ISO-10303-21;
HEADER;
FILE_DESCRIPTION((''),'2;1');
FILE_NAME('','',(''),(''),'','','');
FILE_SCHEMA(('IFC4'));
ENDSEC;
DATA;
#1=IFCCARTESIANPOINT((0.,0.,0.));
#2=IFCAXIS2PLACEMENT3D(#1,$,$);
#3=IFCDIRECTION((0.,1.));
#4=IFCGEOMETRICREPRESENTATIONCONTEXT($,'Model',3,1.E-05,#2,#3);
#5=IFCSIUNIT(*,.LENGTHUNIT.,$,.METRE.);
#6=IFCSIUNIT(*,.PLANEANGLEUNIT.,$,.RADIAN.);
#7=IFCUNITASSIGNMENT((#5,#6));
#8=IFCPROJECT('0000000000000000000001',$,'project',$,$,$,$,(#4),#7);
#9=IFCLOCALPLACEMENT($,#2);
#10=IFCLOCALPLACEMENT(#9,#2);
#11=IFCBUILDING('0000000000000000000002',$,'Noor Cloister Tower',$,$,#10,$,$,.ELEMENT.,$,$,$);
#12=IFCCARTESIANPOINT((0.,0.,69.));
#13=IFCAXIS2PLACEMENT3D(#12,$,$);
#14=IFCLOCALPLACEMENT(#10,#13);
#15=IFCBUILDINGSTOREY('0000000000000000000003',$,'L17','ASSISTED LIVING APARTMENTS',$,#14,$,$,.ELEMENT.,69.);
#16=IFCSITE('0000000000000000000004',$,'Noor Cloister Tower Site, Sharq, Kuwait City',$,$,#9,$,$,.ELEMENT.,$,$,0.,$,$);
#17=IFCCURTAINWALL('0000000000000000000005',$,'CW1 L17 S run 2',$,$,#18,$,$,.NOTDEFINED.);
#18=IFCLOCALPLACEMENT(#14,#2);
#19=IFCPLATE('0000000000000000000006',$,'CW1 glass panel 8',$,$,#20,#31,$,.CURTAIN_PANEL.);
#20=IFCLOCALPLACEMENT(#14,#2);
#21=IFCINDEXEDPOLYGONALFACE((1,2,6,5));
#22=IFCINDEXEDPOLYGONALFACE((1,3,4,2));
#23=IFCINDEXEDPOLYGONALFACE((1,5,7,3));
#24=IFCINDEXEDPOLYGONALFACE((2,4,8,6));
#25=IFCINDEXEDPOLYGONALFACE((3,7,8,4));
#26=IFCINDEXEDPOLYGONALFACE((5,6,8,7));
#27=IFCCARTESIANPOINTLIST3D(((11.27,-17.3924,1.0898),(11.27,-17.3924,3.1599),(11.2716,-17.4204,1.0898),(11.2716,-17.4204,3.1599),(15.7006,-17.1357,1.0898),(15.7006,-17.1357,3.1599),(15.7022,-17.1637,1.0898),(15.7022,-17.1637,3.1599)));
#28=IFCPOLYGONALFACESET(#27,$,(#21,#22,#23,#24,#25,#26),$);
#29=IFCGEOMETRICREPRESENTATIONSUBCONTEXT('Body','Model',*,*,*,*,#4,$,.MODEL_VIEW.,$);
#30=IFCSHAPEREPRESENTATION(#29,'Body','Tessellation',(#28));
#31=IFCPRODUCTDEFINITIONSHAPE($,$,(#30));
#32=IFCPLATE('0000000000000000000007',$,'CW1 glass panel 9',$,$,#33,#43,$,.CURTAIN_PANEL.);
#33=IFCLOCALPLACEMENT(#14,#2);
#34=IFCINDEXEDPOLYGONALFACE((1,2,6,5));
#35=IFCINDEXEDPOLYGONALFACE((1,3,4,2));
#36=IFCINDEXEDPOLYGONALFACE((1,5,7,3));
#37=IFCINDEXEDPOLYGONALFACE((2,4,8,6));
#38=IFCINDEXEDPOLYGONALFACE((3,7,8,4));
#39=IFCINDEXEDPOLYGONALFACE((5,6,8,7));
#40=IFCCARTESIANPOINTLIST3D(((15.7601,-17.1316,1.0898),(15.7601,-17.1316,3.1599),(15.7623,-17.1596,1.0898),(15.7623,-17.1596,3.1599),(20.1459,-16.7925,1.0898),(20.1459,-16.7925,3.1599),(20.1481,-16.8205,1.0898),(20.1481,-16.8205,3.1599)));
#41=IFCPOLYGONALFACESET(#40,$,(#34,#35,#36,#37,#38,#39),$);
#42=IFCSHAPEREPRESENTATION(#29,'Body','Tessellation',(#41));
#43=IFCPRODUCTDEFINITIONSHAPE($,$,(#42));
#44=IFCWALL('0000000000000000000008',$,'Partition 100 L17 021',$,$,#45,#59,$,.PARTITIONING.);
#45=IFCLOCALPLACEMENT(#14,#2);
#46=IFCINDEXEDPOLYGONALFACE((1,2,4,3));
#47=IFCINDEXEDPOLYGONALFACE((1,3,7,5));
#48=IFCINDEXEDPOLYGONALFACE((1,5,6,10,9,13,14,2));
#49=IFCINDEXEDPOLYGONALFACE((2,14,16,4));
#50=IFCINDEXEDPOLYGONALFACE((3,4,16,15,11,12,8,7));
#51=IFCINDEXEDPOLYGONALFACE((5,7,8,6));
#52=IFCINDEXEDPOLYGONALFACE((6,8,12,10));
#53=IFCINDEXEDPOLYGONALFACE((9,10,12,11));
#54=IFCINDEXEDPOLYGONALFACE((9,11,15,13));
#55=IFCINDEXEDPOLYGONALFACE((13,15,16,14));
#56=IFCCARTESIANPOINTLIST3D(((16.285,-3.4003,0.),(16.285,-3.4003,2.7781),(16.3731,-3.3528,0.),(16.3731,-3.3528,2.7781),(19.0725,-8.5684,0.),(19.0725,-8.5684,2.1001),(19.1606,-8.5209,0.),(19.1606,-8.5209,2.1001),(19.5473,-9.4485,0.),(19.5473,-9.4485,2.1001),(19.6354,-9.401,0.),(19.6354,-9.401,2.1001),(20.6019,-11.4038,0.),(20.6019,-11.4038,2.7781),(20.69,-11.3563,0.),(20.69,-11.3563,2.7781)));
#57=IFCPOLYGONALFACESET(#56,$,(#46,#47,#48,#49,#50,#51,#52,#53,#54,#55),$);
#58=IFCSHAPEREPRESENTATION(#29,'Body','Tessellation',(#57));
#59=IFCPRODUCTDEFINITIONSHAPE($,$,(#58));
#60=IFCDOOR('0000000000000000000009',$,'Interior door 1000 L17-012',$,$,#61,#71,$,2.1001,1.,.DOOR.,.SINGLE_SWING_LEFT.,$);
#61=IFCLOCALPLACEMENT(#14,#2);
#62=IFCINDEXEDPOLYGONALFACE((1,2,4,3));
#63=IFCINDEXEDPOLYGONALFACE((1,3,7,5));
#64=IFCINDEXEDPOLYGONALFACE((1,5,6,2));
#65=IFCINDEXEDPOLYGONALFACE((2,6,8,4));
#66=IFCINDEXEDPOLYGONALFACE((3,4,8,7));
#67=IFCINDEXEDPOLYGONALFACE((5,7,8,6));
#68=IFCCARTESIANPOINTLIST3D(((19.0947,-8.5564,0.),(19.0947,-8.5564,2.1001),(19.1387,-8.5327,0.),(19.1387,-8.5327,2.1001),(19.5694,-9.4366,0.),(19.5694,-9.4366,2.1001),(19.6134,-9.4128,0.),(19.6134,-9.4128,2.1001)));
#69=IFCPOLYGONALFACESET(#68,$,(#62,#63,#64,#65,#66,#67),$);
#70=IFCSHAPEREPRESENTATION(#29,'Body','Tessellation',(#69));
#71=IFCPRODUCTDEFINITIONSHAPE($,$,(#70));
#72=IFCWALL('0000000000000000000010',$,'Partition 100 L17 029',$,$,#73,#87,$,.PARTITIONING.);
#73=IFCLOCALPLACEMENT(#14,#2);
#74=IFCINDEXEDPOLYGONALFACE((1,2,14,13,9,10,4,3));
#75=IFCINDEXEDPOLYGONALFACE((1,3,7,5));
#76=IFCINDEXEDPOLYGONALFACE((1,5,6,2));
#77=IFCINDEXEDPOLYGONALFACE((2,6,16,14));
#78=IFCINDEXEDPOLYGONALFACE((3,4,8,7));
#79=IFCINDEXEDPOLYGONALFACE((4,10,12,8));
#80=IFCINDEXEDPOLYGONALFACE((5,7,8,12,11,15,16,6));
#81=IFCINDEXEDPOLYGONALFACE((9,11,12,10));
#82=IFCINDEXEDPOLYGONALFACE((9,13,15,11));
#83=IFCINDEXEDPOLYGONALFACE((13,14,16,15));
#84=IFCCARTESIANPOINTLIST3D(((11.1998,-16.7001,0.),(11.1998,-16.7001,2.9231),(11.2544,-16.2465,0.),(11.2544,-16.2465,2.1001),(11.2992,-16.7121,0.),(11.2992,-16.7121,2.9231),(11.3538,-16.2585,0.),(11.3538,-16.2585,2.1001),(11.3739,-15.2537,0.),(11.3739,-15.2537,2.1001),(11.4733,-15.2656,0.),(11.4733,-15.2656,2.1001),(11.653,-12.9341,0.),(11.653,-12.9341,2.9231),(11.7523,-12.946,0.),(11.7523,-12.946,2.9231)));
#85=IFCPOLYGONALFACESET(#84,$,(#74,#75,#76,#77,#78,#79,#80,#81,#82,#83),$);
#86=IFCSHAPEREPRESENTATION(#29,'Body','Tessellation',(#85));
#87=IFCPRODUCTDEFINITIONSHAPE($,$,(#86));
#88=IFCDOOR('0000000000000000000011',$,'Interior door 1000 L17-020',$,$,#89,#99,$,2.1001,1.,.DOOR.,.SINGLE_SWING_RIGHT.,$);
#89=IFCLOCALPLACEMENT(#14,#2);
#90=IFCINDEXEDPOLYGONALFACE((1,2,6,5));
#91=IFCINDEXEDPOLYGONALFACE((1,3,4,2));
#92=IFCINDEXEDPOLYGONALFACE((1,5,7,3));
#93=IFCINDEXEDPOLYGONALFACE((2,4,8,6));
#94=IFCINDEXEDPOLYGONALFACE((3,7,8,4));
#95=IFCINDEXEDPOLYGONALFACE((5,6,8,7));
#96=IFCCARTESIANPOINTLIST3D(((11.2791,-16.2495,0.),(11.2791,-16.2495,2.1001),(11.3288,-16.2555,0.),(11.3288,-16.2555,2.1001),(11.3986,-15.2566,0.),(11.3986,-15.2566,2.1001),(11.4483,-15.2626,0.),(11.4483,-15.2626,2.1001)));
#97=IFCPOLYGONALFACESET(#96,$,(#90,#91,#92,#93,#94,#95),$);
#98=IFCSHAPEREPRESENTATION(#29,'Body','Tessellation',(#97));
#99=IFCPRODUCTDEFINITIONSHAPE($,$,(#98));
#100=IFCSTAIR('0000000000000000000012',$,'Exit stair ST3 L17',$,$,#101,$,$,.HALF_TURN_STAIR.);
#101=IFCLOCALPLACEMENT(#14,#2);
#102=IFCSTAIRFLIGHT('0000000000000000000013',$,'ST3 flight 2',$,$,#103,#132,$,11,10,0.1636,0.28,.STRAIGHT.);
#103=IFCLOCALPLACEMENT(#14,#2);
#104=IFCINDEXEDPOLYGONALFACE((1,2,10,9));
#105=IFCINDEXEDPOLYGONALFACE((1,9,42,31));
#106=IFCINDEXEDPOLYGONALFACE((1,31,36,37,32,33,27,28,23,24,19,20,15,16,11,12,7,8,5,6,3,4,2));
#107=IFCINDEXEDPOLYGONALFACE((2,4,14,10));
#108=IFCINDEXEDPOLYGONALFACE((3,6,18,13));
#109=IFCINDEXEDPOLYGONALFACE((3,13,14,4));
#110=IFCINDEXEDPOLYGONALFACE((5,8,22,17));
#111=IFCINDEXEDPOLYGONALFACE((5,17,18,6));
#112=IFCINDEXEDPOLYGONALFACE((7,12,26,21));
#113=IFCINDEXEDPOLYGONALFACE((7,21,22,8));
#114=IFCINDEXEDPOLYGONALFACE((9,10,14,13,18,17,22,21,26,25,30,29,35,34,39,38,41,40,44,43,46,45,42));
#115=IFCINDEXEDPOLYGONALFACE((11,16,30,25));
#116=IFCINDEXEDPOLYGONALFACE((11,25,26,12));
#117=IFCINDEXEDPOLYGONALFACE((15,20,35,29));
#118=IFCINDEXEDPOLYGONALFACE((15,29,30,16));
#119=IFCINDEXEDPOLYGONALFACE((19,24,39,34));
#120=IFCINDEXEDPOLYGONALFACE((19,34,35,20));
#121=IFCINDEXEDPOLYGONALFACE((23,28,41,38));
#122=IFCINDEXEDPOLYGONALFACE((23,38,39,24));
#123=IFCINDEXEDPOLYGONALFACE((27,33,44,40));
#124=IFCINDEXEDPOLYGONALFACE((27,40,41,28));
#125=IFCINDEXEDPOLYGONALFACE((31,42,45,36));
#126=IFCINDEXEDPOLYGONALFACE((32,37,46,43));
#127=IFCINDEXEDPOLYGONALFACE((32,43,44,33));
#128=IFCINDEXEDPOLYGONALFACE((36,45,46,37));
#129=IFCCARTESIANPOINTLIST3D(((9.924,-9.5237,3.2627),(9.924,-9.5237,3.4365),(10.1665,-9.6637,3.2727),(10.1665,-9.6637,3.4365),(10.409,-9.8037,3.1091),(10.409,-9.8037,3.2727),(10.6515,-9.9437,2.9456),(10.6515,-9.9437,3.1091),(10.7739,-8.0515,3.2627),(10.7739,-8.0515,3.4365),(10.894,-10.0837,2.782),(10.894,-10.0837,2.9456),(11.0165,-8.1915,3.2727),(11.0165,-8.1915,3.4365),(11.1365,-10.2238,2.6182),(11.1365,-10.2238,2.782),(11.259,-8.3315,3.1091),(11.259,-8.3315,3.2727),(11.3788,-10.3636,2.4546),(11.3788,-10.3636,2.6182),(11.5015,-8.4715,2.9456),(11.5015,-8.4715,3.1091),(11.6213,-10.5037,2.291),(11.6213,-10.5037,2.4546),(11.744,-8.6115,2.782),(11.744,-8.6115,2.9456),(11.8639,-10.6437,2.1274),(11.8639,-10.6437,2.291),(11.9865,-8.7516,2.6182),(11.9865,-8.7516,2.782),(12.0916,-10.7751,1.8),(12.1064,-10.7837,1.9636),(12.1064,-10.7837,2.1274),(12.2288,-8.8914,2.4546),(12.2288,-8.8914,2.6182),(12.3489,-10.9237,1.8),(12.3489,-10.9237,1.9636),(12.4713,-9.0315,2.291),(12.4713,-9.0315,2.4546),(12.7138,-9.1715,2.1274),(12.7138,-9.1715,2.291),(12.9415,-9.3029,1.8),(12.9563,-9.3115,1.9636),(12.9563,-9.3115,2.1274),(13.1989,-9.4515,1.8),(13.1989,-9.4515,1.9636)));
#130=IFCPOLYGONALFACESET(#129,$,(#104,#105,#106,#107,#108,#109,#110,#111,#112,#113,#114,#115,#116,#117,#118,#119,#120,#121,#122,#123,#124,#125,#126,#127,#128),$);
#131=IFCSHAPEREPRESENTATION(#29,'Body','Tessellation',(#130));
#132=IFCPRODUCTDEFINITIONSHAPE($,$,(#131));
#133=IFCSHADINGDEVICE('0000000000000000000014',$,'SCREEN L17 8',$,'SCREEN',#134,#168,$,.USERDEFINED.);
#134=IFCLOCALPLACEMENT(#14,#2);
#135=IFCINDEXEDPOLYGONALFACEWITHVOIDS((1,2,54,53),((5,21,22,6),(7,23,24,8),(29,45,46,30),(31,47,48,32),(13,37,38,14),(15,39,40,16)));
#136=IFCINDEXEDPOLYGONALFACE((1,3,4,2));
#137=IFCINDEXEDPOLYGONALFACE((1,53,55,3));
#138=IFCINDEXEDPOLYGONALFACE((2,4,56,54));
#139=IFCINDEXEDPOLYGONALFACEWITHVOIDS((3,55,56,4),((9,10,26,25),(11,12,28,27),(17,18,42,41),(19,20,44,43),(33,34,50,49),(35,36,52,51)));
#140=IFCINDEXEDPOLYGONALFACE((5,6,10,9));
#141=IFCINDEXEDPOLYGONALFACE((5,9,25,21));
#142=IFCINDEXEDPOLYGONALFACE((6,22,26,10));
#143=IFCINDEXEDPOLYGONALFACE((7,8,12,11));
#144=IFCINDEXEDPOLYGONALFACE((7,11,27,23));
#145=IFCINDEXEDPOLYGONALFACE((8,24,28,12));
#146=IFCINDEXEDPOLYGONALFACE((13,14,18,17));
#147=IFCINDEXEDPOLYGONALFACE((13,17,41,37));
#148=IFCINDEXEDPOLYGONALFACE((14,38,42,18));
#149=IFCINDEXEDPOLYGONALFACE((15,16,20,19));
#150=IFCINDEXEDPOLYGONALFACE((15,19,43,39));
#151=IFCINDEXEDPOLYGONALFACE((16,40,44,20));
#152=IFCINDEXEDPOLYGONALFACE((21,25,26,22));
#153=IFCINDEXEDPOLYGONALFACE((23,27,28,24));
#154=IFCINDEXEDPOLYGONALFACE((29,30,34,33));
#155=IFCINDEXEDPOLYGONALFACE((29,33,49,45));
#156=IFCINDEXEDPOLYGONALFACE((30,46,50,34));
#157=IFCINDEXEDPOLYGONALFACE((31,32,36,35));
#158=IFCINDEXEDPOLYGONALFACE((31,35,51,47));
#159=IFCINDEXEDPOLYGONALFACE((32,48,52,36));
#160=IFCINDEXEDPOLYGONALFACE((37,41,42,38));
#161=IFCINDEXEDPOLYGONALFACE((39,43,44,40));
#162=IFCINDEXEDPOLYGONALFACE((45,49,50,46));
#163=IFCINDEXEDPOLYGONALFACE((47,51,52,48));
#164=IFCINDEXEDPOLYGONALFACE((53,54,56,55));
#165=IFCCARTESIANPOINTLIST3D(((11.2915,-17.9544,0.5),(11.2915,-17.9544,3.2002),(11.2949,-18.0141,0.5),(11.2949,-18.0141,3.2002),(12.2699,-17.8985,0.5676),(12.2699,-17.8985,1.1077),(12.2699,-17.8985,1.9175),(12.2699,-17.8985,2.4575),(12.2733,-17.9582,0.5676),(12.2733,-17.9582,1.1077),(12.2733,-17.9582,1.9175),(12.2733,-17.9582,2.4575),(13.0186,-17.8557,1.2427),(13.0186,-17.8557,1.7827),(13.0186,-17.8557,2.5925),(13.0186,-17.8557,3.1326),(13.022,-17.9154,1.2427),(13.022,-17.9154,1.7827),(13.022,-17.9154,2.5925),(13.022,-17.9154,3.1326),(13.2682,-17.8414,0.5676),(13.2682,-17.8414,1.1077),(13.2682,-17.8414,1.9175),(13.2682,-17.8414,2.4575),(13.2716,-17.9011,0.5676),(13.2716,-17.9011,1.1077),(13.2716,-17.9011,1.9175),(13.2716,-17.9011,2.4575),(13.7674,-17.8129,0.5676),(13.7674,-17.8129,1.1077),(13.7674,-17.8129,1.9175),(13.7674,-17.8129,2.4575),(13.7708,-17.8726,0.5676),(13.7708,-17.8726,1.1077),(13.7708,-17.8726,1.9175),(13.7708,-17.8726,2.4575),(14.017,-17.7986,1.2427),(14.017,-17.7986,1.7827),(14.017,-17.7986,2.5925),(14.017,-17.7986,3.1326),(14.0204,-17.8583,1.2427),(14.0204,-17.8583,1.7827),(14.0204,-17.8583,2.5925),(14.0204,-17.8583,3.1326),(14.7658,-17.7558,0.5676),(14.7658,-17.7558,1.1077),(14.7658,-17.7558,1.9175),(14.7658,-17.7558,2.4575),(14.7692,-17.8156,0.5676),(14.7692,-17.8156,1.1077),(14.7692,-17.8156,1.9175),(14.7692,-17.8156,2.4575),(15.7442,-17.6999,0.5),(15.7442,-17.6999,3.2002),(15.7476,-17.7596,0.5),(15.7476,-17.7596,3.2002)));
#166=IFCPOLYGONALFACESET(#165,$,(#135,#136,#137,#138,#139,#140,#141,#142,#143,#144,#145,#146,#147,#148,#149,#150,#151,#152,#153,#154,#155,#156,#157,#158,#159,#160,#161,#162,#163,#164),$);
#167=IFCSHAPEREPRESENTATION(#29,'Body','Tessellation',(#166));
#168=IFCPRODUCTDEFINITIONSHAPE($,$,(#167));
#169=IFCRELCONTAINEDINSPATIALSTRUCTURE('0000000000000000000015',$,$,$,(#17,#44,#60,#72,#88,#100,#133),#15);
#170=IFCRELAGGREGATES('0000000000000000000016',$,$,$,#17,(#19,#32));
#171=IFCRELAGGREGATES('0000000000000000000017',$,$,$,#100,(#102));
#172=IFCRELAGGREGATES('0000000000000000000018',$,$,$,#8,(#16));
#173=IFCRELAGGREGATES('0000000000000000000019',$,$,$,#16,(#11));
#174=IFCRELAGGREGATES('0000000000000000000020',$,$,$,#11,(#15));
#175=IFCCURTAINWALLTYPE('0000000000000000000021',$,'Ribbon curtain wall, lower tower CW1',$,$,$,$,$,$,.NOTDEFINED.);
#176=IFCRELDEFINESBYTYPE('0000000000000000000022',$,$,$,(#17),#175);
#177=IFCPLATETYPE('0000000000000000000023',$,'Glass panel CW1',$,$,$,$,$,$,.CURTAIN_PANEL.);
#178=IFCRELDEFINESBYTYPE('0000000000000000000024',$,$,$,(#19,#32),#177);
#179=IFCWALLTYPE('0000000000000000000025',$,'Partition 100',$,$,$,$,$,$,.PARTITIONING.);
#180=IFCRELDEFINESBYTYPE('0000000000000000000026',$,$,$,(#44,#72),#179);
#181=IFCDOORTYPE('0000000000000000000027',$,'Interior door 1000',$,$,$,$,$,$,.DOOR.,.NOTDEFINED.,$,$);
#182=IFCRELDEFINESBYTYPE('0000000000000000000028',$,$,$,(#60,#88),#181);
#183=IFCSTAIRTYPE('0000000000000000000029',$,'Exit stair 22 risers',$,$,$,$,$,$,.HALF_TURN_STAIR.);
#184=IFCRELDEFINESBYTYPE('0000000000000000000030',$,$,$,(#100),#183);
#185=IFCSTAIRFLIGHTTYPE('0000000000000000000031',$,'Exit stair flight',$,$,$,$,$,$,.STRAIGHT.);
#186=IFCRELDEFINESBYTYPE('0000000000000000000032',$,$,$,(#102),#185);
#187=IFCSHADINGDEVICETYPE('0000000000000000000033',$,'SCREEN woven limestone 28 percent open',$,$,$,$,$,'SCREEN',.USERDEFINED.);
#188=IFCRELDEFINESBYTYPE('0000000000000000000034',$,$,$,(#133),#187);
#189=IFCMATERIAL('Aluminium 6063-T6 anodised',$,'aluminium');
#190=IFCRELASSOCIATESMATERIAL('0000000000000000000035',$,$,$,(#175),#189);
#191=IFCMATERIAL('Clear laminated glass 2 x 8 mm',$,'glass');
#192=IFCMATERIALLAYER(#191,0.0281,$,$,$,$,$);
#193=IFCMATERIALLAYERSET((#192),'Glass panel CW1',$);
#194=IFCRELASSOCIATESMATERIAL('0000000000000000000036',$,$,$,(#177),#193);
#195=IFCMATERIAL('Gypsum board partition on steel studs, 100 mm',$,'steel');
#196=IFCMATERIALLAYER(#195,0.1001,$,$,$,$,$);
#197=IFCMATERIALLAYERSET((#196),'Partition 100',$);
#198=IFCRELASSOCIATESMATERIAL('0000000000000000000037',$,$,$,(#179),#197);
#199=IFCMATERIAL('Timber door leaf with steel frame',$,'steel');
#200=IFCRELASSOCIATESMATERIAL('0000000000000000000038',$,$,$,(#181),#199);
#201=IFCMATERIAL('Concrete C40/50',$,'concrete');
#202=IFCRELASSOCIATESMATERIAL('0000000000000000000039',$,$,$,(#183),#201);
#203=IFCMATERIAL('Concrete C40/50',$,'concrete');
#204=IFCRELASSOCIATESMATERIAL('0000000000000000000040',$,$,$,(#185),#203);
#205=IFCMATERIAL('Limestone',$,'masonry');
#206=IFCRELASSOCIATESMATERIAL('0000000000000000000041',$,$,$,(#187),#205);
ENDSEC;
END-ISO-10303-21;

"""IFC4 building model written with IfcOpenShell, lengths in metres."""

from ifc_helpers import new_model, si_unit, direction, frame, frame_2d, origin, origin_2d, place, context, subcontext, project, spatial, polyline, rectangle, outline, extrude, material, layer, layer_set, material_profile, profile_set, type_object, element, fill, aggregate, save


model = new_model("IFC4")

# Units and contexts
model_context = context("Model", 3, precision=1e-05, world=origin(), true_north=direction((0.0, 1.0)))
body_context = subcontext(model_context, "Body", "Model", "MODEL_VIEW")
ifc_project = project(units=[si_unit("LENGTHUNIT", "METRE"), si_unit("PLANEANGLEUNIT", "RADIAN")], contexts=[model_context])

# Site, building, storey
site_placement = place(None, origin())
site = spatial("IfcSite", under=ifc_project, at=site_placement, Name="Noor Cloister Tower Site, Sharq, Kuwait City", CompositionType="ELEMENT", RefElevation=0.0)
building_placement = place(site_placement, origin())
building = spatial("IfcBuilding", under=site, at=building_placement, Name="Noor Cloister Tower", CompositionType="ELEMENT")
storey_placement = place(building_placement, frame((0.0, 0.0, 69.0)))
storey = spatial("IfcBuildingStorey", under=building, at=storey_placement, Name="L17", Description="ASSISTED LIVING APARTMENTS", CompositionType="ELEMENT", Elevation=69.0)

# Curtain wall
ifc_material_1 = material(Name="Aluminium 6063-T6 anodised", Category="aluminium")
curtain_wall_type = type_object("IfcCurtainWallType", Name="Ribbon curtain wall, lower tower CW1", PredefinedType="NOTDEFINED", material=ifc_material_1)
curtain_wall_placement = place(storey_placement, origin())
curtain_wall = element("IfcCurtainWall", 1, at=curtain_wall_placement, inside=storey, type_object=curtain_wall_type, Name="CW1 L17 S run 2", PredefinedType="NOTDEFINED")

# Plates
ifc_material_2 = material(Name="Clear laminated glass 2 x 8 mm", Category="glass")
ifc_layer_1 = layer(ifc_material_2, 0.0281)
ifc_layer_set_1 = layer_set([ifc_layer_1], Name="Glass panel CW1")
plate_type = type_object("IfcPlateType", Name="Glass panel CW1", PredefinedType="CURTAIN_PANEL", material=ifc_layer_set_1)
plate_1_placement = place(storey_placement, frame((13.4861, -17.2781, 1.0898), z_axis=(0.0, 0.0, 1.0), x_axis=(0.998326, 0.057845, 0.0)))
plate_1 = element("IfcPlate", 2, at=plate_1_placement, type_object=plate_type, Name="CW1 glass panel 8", PredefinedType="CURTAIN_PANEL", context=body_context, shape_type="SweptSolid", body=[
    extrude(rectangle(XDim=4.438, YDim=0.0281, at=origin_2d()), origin(), (0.0, 0.0, 1.0), 2.0701),
])
plate_2_placement = place(storey_placement, frame((17.9541, -16.9761, 1.0898), z_axis=(0.0, 0.0, 1.0), x_axis=(0.997024, 0.077093, 0.0)))
plate_2 = element("IfcPlate", 3, at=plate_2_placement, type_object=plate_type, Name="CW1 glass panel 9", PredefinedType="CURTAIN_PANEL", context=body_context, shape_type="SweptSolid", body=[
    extrude(rectangle(XDim=4.3989, YDim=0.0281, at=origin_2d()), origin(), (0.0, 0.0, 1.0), 2.0701),
])
aggregate(curtain_wall, [plate_1, plate_2])

# Walls, openings, doors
ifc_material_3 = material(Name="Gypsum board partition on steel studs, 100 mm", Category="steel")
ifc_layer_2 = layer(ifc_material_3, 0.1001)
ifc_layer_set_2 = layer_set([ifc_layer_2], Name="Partition 100")
wall_type = type_object("IfcWallType", Name="Partition 100", PredefinedType="PARTITIONING", material=ifc_layer_set_2)
wall_1_placement = place(storey_placement, frame((20.646, -11.3801, 0.0), z_axis=(0.0, 0.0, 1.0), x_axis=(-0.474727, 0.880133, 0.0)))
wall_1 = element("IfcWall", 4, at=wall_1_placement, inside=storey, type_object=wall_type, Name="Partition 100 L17 021", PredefinedType="PARTITIONING", context=body_context, shape_type="SweptSolid", body=[
    extrude(rectangle(XDim=9.0935, YDim=0.1001, at=frame_2d((4.5469, 0.0))), origin(), (0.0, 0.0, 1.0), 2.7781),
])
opening_1_placement = place(wall_1_placement, frame((2.2217, 0.0, 0.0)))
opening_1 = element("IfcOpeningElement", 5, at=opening_1_placement, cuts=wall_1, PredefinedType="OPENING", context=body_context, shape_type="SweptSolid", body=[
    extrude(rectangle(XDim=1.0, YDim=2.1001, at=frame_2d((0.5, 1.05))), frame((0.0, 0.0601, 0.0), z_axis=(0.0, -1.0, 0.0), x_axis=(1.0, 0.0, 0.0)), (0.0, 0.0, 1.0), 0.1201),
])
ifc_material_4 = material(Name="Timber door leaf with steel frame", Category="steel")
door_type = type_object("IfcDoorType", Name="Interior door 1000", OperationType="NOTDEFINED", PredefinedType="DOOR", material=ifc_material_4)
door_1_placement = place(opening_1_placement, origin())
door_1 = element("IfcDoor", 6, at=door_1_placement, inside=storey, type_object=door_type, Name="Interior door 1000 L17-012", OperationType="SINGLE_SWING_LEFT", OverallHeight=2.1001, OverallWidth=1.0, PredefinedType="DOOR", context=body_context, shape_type="SweptSolid", body=[
    extrude(rectangle(XDim=1.0, YDim=2.1001, at=frame_2d((0.5, 1.05))), frame((0.0, 0.0249, 0.0), z_axis=(0.0, -1.0, 0.0), x_axis=(1.0, 0.0, 0.0)), (0.0, 0.0, 1.0), 0.05),
])
fill(opening_1, door_1)
wall_2_placement = place(storey_placement, frame((11.7026, -12.9402, 0.0), z_axis=(0.0, 0.0, 1.0), x_axis=(-0.119455, -0.99284, 0.0)))
wall_2 = element("IfcWall", 7, at=wall_2_placement, inside=storey, type_object=wall_type, Name="Partition 100 L17 029", PredefinedType="PARTITIONING", context=body_context, shape_type="SweptSolid", body=[
    extrude(rectangle(XDim=3.7932, YDim=0.1001, at=frame_2d((1.8965, 0.0))), origin(), (0.0, 0.0, 1.0), 2.9231),
])
opening_2_placement = place(wall_2_placement, frame((2.3362, 0.0, 0.0)))
opening_2 = element("IfcOpeningElement", 8, at=opening_2_placement, cuts=wall_2, PredefinedType="OPENING", context=body_context, shape_type="SweptSolid", body=[
    extrude(rectangle(XDim=1.0, YDim=2.1001, at=frame_2d((0.5, 1.05))), frame((0.0, 0.0601, 0.0), z_axis=(0.0, -1.0, 0.0), x_axis=(1.0, 0.0, 0.0)), (0.0, 0.0, 1.0), 0.1201),
])
door_2_placement = place(opening_2_placement, origin())
door_2 = element("IfcDoor", 9, at=door_2_placement, inside=storey, type_object=door_type, Name="Interior door 1000 L17-020", OperationType="SINGLE_SWING_RIGHT", OverallHeight=2.1001, OverallWidth=1.0, PredefinedType="DOOR", context=body_context, shape_type="SweptSolid", body=[
    extrude(rectangle(XDim=1.0, YDim=2.1001, at=frame_2d((0.5, 1.05))), frame((0.0, 0.0249, 0.0), z_axis=(0.0, -1.0, 0.0), x_axis=(1.0, 0.0, 0.0)), (0.0, 0.0, 1.0), 0.05),
])
fill(opening_2, door_2)

# Stair, stair flight
ifc_material_5 = material(Name="Concrete C40/50", Category="concrete")
stair_type = type_object("IfcStairType", Name="Exit stair 22 risers", PredefinedType="HALF_TURN_STAIR", material=ifc_material_5)
stair_placement = place(storey_placement, origin())
stair = element("IfcStair", 10, at=stair_placement, inside=storey, type_object=stair_type, Name="Exit stair ST3 L17", PredefinedType="HALF_TURN_STAIR")
ifc_material_6 = material(Name="Concrete C40/50", Category="concrete")
stair_flight_type = type_object("IfcStairFlightType", Name="Exit stair flight", PredefinedType="STRAIGHT", material=ifc_material_6)
stair_flight_placement = place(storey_placement, frame((12.7739, -10.1875, 1.8), z_axis=(0.0, 0.0, 1.0), x_axis=(-0.866025, 0.5, 0.0)))
stair_flight = element("IfcStairFlight", 11, at=stair_flight_placement, type_object=stair_flight_type, Name="ST3 flight 2", NumberOfRisers=11, NumberOfTreads=10, PredefinedType="STRAIGHT", RiserHeight=0.1636, TreadLength=0.28, context=body_context, shape_type="SweptSolid", body=[
    extrude(outline(polyline([(0.0, 0.0), (0.0, 0.1636), (0.28, 0.1636), (0.28, 0.3274), (0.5601, 0.3274), (0.5601, 0.491), (0.8401, 0.491), (0.8401, 0.6545), (1.1201, 0.6545), (1.1201, 0.8181), (1.3999, 0.8181), (1.3999, 0.9819), (1.6799, 0.9819), (1.6799, 1.1455), (1.96, 1.1455), (1.96, 1.3091), (2.24, 1.3091), (2.24, 1.4727), (2.52, 1.4727), (2.52, 1.6365), (2.8, 1.6365), (2.8, 1.8), (2.8, 1.4626), (0.2971, 0.0), (0.0, 0.0)])), frame((0.0, 0.8501, 0.0), z_axis=(0.0, -1.0, 0.0), x_axis=(1.0, 0.0, 0.0)), (0.0, 0.0, 1.0), 1.7),
])
aggregate(stair, [stair_flight])

# Shading device
ifc_material_7 = material(Name="Limestone", Category="masonry")
ifc_material_profile_1 = material_profile(ifc_material_7, outline(polyline([(-2.23, -1.3501), (2.23, -1.3501), (2.23, 1.3501), (-2.23, 1.3501), (-2.23, -1.3501)]), holes=[polyline([(-1.25, -1.2825), (-0.25, -1.2825), (-0.25, -0.7424), (-1.25, -0.7424), (-1.25, -1.2825)]), polyline([(0.25, -1.2825), (1.25, -1.2825), (1.25, -0.7424), (0.25, -0.7424), (0.25, -1.2825)]), polyline([(-0.5, -0.6074), (0.5, -0.6074), (0.5, -0.0674), (-0.5, -0.0674), (-0.5, -0.6074)]), polyline([(-1.25, 0.0674), (-0.25, 0.0674), (-0.25, 0.6074), (-1.25, 0.6074), (-1.25, 0.0674)]), polyline([(0.25, 0.0674), (1.25, 0.0674), (1.25, 0.6074), (0.25, 0.6074), (0.25, 0.0674)]), polyline([(-0.5, 0.7424), (0.5, 0.7424), (0.5, 1.2825), (-0.5, 1.2825), (-0.5, 0.7424)])]), Name="Woven screen 28 percent open")
ifc_profile_set_1 = profile_set([ifc_material_profile_1], Name="Limestone")
shading_device_type = type_object("IfcShadingDeviceType", Name="SCREEN woven limestone 28 percent open", ElementType="SCREEN", PredefinedType="USERDEFINED", material=ifc_profile_set_1)
shading_device_1_placement = place(storey_placement, frame((13.5178, -17.8271, 1.8501), z_axis=(0.05705, -0.998371, 0.0), x_axis=(0.998371, 0.05705, 0.0)))
element("IfcShadingDevice", 12, at=shading_device_1_placement, inside=storey, type_object=shading_device_type, Name="SCREEN L17 8", ObjectType="SCREEN", PredefinedType="USERDEFINED", context=body_context, shape_type="SweptSolid", body=[
    extrude(outline(polyline([(-2.23, -1.3501), (2.23, -1.3501), (2.23, 1.3501), (-2.23, 1.3501), (-2.23, -1.3501)]), holes=[polyline([(-1.25, -1.2825), (-0.25, -1.2825), (-0.25, -0.7424), (-1.25, -0.7424), (-1.25, -1.2825)]), polyline([(0.25, -1.2825), (1.25, -1.2825), (1.25, -0.7424), (0.25, -0.7424), (0.25, -1.2825)]), polyline([(-0.5, -0.6074), (0.5, -0.6074), (0.5, -0.0674), (-0.5, -0.0674), (-0.5, -0.6074)]), polyline([(-1.25, 0.0674), (-0.25, 0.0674), (-0.25, 0.6074), (-1.25, 0.6074), (-1.25, 0.0674)]), polyline([(0.25, 0.0674), (1.25, 0.0674), (1.25, 0.6074), (0.25, 0.6074), (0.25, 0.0674)]), polyline([(-0.5, 0.7424), (0.5, 0.7424), (0.5, 1.2825), (-0.5, 1.2825), (-0.5, 0.7424)])]), origin(), (0.0, 0.0, 1.0), 0.0598),
])

save(model, "model.ifc")
